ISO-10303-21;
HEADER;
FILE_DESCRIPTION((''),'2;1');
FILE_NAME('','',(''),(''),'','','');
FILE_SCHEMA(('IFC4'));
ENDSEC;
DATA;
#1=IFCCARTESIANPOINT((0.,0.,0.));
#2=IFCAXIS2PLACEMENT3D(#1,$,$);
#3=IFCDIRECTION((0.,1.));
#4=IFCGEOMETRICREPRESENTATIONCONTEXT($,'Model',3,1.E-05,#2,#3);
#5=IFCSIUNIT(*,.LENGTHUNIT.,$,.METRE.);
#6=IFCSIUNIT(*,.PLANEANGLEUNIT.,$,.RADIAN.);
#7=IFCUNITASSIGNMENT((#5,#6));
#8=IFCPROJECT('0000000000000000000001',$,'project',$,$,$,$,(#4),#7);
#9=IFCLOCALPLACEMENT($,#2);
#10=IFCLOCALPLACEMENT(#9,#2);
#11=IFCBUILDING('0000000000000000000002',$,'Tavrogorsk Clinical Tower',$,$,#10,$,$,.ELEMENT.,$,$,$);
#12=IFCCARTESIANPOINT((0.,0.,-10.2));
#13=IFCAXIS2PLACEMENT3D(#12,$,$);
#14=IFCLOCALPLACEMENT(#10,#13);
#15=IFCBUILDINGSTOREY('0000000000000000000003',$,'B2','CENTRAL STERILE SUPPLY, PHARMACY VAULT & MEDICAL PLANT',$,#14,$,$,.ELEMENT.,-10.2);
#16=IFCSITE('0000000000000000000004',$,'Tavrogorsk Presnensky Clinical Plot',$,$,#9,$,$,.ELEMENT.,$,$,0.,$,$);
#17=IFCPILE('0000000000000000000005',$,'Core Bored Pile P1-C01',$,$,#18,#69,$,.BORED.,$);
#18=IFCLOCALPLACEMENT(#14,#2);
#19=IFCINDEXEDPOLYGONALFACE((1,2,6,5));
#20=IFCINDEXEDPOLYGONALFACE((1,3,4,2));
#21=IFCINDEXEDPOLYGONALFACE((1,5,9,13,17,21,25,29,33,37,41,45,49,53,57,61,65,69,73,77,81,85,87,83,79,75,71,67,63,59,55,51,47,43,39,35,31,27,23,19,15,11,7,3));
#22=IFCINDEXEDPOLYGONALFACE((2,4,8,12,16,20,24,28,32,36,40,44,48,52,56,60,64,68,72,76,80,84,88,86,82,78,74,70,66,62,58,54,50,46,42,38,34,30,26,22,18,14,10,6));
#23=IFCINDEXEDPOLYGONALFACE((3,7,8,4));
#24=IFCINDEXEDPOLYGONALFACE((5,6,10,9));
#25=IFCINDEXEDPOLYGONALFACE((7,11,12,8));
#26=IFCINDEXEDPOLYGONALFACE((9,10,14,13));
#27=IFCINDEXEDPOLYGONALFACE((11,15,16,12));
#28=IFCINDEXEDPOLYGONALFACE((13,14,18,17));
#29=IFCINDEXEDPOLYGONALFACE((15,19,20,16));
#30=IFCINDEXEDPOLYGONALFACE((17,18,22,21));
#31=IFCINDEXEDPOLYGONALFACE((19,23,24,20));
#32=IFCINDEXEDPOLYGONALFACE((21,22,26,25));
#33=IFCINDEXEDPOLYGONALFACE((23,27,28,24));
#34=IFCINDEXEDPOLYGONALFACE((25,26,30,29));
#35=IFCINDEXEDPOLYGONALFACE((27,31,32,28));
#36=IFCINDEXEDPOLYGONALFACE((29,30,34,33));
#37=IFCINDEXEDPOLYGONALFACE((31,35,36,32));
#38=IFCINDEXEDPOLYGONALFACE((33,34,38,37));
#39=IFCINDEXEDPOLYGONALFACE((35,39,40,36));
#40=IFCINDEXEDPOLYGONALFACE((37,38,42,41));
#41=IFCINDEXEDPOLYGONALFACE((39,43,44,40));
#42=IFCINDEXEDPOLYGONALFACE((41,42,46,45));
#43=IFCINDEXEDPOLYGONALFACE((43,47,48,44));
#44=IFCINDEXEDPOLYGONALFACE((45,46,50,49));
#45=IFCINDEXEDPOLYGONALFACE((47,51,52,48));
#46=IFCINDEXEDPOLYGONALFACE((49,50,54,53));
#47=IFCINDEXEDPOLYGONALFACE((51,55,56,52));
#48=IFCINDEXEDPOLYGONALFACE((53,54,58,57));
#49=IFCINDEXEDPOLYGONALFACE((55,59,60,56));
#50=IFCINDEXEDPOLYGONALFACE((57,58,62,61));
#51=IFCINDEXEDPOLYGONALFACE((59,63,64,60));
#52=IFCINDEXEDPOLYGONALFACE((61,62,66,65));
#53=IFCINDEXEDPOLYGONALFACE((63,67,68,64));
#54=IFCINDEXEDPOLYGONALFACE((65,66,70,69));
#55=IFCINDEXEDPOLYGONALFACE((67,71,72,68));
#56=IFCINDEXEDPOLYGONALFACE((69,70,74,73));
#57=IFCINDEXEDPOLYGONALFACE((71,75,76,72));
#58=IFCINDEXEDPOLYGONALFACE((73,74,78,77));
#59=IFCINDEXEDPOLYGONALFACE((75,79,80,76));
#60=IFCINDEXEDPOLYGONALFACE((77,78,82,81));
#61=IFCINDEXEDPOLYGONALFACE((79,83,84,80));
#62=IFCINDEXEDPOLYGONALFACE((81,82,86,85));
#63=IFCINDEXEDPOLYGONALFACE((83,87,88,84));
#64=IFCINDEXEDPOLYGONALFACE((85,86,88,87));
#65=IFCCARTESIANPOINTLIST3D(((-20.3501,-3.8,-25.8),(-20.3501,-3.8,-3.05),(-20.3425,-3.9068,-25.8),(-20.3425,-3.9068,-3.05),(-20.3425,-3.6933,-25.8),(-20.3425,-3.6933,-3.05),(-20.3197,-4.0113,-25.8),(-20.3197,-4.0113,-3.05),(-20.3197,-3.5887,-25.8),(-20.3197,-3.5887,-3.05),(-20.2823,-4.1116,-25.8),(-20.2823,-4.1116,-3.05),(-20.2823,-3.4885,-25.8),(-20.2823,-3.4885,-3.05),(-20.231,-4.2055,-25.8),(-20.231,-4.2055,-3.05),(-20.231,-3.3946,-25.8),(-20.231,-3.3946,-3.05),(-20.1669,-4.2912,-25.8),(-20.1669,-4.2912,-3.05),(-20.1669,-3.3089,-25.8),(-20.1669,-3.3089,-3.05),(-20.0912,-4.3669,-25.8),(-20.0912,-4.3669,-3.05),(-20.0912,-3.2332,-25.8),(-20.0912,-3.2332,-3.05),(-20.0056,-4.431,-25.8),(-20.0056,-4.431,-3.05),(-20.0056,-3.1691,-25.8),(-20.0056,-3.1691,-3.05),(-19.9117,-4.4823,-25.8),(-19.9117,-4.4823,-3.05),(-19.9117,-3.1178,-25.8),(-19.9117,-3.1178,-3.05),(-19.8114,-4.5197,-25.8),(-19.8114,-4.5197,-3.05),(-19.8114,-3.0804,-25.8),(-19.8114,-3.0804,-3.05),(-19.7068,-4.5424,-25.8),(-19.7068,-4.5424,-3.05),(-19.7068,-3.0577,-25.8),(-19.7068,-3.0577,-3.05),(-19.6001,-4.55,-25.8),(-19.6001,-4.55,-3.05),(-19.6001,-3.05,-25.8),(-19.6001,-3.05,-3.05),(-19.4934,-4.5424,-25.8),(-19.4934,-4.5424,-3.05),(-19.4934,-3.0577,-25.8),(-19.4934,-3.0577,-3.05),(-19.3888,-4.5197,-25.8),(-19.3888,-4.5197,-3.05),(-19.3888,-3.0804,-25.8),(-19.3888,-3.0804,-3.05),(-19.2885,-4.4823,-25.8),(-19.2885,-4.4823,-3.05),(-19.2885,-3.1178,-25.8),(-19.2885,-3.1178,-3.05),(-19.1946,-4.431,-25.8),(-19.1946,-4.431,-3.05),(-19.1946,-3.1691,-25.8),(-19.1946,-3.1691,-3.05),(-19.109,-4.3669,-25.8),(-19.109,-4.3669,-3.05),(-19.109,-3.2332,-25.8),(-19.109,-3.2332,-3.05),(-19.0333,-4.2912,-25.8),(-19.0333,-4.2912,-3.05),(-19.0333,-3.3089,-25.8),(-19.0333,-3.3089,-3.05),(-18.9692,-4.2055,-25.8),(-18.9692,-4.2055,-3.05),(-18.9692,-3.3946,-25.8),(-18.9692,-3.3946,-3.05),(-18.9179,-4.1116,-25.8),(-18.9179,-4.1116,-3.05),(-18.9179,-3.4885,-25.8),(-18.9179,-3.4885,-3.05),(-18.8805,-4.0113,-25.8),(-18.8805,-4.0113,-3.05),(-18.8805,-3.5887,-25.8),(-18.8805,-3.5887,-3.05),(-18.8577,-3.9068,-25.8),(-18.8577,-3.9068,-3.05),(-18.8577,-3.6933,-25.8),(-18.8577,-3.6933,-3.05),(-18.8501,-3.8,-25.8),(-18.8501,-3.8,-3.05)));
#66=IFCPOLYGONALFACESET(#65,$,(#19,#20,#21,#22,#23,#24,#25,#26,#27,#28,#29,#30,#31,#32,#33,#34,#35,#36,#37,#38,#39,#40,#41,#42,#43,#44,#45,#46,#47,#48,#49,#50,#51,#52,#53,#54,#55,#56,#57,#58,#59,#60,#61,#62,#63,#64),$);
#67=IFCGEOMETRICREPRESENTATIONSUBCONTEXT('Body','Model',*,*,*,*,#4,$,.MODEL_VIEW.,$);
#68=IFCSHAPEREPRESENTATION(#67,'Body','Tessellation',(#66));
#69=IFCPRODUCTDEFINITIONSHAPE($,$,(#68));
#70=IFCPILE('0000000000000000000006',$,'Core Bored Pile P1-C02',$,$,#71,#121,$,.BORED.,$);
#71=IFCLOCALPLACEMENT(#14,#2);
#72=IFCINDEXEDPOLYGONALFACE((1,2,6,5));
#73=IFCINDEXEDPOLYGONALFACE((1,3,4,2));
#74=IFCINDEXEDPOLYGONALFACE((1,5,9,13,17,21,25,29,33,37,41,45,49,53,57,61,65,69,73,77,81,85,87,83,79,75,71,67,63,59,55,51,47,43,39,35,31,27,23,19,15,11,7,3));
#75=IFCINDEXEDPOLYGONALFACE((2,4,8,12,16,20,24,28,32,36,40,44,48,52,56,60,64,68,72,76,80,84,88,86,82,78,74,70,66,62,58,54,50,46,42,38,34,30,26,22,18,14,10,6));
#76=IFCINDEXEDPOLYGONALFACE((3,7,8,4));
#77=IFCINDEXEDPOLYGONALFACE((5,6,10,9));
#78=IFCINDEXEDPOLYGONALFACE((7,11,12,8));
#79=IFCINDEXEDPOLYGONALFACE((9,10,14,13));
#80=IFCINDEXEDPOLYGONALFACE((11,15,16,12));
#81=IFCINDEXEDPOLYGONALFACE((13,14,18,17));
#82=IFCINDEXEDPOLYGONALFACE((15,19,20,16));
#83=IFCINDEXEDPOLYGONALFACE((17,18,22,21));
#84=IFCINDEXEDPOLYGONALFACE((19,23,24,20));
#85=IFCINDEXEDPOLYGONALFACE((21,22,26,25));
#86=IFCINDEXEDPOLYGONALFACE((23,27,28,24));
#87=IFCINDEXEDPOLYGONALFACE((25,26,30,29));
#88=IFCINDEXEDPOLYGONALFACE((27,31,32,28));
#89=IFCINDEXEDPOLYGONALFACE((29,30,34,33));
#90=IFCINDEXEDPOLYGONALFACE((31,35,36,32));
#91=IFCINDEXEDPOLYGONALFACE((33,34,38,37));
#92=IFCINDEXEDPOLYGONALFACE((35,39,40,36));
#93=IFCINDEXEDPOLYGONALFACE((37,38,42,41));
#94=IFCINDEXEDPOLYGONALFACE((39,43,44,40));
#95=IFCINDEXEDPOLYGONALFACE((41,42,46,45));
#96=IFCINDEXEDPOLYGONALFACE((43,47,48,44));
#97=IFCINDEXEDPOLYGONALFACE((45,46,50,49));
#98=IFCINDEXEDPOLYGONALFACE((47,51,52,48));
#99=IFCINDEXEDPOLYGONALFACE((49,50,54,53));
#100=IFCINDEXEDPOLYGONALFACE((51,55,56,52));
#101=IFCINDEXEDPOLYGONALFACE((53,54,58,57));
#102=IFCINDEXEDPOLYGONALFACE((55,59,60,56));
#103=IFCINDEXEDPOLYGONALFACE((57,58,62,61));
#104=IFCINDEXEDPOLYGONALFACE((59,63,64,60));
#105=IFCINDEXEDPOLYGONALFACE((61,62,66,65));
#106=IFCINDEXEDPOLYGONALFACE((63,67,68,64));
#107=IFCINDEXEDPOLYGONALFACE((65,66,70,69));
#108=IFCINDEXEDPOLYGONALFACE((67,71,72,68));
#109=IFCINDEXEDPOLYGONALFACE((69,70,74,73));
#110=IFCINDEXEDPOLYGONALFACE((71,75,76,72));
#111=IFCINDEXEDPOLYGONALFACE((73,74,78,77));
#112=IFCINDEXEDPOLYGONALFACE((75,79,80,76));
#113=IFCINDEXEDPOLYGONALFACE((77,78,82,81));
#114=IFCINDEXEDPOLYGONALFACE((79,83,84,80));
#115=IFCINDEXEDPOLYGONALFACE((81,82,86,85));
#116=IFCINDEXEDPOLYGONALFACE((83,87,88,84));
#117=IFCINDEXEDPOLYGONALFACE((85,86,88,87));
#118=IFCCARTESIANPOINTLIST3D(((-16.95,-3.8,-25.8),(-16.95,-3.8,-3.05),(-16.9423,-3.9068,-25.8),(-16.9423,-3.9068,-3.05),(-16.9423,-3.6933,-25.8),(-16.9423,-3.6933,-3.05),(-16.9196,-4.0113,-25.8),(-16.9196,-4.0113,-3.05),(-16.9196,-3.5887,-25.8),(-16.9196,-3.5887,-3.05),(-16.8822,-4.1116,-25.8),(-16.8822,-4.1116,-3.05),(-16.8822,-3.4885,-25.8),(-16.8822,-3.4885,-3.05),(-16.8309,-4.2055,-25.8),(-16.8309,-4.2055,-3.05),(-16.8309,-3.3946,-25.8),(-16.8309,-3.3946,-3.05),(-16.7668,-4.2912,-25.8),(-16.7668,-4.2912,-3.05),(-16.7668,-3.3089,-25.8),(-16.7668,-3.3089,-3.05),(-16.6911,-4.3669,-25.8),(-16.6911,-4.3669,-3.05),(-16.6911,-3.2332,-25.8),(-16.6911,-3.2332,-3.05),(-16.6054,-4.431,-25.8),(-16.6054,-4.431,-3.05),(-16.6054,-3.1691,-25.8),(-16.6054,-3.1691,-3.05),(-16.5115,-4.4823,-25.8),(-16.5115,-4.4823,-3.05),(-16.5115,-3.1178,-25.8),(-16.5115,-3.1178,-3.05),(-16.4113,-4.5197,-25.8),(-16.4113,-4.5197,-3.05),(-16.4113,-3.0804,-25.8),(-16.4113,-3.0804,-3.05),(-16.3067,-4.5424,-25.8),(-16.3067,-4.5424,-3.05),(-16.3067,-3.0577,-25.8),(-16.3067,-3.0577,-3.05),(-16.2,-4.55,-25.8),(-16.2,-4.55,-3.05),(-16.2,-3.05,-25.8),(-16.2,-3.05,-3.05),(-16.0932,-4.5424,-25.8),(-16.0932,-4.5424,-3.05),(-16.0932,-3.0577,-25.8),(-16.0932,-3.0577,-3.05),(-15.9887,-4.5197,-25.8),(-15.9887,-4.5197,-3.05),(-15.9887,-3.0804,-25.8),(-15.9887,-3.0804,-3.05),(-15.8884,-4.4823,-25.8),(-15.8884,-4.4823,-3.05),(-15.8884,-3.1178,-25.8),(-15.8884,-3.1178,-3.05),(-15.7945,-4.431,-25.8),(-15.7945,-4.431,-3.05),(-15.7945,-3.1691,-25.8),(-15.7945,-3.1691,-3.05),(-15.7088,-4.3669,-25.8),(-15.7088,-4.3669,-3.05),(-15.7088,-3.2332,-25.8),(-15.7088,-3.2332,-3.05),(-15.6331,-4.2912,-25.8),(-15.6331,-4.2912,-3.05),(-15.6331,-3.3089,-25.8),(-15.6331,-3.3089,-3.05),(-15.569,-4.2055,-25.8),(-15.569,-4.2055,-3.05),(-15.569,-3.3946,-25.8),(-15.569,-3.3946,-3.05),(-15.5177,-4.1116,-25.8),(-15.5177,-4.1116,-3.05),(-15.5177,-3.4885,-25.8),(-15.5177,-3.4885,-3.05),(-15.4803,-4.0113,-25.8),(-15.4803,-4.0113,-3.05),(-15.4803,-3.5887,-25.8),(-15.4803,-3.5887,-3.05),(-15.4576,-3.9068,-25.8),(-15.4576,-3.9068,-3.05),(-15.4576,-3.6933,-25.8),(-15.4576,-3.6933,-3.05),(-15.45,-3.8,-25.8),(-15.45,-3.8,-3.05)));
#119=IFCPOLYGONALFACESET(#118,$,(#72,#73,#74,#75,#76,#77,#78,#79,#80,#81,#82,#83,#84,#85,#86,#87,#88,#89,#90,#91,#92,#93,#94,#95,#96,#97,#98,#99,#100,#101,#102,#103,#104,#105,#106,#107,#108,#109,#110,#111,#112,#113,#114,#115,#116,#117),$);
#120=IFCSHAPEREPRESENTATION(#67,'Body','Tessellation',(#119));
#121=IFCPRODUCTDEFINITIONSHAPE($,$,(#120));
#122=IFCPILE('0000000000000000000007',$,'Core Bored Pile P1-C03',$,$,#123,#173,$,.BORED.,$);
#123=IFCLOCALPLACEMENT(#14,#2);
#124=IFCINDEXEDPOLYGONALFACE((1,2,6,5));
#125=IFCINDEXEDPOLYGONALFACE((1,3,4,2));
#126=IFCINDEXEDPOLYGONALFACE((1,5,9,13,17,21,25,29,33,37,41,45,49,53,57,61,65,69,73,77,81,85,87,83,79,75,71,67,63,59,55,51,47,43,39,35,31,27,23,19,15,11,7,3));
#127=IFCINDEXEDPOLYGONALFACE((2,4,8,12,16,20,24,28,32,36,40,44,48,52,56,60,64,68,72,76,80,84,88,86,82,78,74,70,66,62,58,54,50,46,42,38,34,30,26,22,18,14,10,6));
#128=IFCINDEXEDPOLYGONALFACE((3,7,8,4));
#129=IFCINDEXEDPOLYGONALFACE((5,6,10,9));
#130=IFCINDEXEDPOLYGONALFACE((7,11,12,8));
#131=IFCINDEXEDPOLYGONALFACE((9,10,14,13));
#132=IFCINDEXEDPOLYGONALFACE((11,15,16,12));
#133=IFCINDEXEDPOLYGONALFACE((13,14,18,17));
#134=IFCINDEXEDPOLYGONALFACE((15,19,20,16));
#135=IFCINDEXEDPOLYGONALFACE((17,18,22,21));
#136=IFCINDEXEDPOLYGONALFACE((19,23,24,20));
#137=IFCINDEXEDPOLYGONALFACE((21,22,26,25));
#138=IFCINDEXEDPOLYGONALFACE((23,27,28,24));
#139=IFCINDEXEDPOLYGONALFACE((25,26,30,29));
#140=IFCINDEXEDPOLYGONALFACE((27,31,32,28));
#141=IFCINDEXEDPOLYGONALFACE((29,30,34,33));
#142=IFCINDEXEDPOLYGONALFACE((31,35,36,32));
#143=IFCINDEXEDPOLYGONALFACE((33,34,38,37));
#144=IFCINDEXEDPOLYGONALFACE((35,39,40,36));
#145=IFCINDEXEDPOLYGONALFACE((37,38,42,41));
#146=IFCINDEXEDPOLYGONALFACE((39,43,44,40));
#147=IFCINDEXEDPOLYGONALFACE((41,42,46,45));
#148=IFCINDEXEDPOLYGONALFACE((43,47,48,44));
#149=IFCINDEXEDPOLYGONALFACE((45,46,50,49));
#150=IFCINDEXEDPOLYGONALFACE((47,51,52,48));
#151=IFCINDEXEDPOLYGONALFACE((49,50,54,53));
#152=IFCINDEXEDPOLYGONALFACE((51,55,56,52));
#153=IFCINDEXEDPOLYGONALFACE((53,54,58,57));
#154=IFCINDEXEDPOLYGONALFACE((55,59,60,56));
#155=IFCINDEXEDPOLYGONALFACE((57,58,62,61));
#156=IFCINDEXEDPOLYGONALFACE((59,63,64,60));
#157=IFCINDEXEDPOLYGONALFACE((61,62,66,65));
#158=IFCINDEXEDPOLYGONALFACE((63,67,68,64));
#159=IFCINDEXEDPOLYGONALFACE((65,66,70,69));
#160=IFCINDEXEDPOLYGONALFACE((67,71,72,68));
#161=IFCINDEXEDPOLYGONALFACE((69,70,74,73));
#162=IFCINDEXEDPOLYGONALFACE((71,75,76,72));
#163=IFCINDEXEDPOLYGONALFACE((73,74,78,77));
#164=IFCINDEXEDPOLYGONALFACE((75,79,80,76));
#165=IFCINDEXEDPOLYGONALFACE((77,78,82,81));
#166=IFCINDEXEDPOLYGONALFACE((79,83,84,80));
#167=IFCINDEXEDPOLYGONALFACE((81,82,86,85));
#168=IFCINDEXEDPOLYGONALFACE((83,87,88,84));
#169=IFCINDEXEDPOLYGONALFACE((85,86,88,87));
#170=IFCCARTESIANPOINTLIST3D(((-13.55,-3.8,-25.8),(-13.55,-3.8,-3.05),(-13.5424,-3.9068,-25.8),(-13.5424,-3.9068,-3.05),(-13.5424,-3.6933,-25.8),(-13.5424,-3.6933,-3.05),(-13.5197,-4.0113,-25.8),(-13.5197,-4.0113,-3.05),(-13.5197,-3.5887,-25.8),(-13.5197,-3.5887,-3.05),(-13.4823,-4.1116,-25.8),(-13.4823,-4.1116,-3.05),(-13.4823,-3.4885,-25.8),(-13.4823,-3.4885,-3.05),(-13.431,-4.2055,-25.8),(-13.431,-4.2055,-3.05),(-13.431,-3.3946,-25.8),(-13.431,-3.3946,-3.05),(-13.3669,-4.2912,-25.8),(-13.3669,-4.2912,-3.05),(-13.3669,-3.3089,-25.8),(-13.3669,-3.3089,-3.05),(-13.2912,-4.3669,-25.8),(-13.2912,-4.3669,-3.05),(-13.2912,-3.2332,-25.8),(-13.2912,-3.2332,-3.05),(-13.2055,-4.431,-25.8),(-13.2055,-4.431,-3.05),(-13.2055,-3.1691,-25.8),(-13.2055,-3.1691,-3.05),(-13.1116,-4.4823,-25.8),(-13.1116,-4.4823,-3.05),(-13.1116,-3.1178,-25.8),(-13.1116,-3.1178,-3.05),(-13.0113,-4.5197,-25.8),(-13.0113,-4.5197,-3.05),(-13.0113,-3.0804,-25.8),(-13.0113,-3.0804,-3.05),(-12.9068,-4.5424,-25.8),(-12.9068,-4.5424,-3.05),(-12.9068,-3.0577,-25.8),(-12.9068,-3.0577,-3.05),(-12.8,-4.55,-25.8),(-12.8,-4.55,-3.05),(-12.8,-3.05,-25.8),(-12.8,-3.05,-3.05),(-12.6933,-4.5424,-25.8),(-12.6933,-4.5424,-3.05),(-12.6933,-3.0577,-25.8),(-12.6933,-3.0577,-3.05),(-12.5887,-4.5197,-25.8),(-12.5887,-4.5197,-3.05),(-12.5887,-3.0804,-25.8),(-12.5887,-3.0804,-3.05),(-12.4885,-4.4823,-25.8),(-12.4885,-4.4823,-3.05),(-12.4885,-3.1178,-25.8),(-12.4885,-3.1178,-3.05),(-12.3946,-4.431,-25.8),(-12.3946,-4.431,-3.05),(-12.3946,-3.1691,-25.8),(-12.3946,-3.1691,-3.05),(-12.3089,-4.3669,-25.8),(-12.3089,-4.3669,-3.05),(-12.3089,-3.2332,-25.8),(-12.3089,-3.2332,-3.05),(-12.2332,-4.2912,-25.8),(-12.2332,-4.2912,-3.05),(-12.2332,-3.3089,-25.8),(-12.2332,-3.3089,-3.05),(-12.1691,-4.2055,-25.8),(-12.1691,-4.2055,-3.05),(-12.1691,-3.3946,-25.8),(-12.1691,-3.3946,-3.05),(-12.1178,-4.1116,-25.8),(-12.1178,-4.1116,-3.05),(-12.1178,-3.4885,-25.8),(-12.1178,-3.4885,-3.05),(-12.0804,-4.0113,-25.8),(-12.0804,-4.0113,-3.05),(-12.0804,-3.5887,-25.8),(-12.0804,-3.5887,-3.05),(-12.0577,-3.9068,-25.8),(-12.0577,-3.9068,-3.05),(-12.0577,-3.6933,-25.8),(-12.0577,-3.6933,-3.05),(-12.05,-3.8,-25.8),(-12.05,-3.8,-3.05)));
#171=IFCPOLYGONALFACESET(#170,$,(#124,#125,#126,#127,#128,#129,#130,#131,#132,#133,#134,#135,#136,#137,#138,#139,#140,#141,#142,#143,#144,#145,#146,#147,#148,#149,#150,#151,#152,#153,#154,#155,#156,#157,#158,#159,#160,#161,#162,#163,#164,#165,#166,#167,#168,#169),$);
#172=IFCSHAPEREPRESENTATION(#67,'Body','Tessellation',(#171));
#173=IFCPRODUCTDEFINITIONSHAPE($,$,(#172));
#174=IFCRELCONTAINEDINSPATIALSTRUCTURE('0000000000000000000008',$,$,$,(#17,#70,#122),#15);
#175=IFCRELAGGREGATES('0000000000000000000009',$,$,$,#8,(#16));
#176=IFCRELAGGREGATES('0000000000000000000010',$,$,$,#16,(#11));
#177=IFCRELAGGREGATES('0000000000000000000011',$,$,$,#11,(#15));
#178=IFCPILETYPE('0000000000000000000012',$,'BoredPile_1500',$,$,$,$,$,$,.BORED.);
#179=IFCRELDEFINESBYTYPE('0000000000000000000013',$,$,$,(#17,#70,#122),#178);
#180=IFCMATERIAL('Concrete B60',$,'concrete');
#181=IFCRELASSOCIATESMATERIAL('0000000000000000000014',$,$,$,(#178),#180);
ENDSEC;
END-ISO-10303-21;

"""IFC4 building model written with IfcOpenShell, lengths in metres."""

from ifc_helpers import new_model, si_unit, direction, frame, origin, origin_2d, place, context, subcontext, project, spatial, circle, extrude, material, material_profile, profile_set, type_object, element, save


model = new_model("IFC4")

# Units and contexts
model_context = context("Model", 3, precision=1e-05, world=origin(), true_north=direction((0.0, 1.0)))
body_context = subcontext(model_context, "Body", "Model", "MODEL_VIEW")
ifc_project = project(units=[si_unit("LENGTHUNIT", "METRE"), si_unit("PLANEANGLEUNIT", "RADIAN")], contexts=[model_context])

# Site, building, storey
site_placement = place(None, origin())
site = spatial("IfcSite", under=ifc_project, at=site_placement, Name="Tavrogorsk Presnensky Clinical Plot", CompositionType="ELEMENT", RefElevation=0.0)
building_placement = place(site_placement, origin())
building = spatial("IfcBuilding", under=site, at=building_placement, Name="Tavrogorsk Clinical Tower", CompositionType="ELEMENT")
storey_placement = place(building_placement, frame((0.0, 0.0, -10.2)))
storey = spatial("IfcBuildingStorey", under=building, at=storey_placement, Name="B2", Description="CENTRAL STERILE SUPPLY, PHARMACY VAULT & MEDICAL PLANT", CompositionType="ELEMENT", Elevation=-10.2)

# Piles
ifc_material_1 = material(Name="Concrete B60", Category="concrete")
ifc_material_profile_1 = material_profile(ifc_material_1, circle(Radius=0.75, at=origin_2d()), Name="BORED-PILE-1500")
ifc_profile_set_1 = profile_set([ifc_material_profile_1], Name="Concrete B60")
pile_type = type_object("IfcPileType", Name="BoredPile_1500", PredefinedType="BORED", material=ifc_profile_set_1)
for number, where, z_axis, x_axis, name in (
    (1, (-19.6001, -3.8, -3.05), (0.0, 0.0, -1.0), (1.0, 0.0, 0.0), "Core Bored Pile P1-C01"),
    (2, (-16.2, -3.8, -3.05), (0.0, 0.0, -1.0), (1.0, 0.0, 0.0), "Core Bored Pile P1-C02"),
    (3, (-12.8, -3.8, -3.05), (0.0, 0.0, -1.0), (1.0, 0.0, 0.0), "Core Bored Pile P1-C03"),
):
    element("IfcPile", number, at=place(storey_placement, frame(where, z_axis=z_axis, x_axis=x_axis)), inside=storey, type_object=pile_type, Name=name, PredefinedType="BORED", context=body_context, shape_type="SweptSolid", body=[
        extrude(circle(Radius=0.75, at=origin_2d()), origin(), (0.0, 0.0, 1.0), 22.75),
    ])

save(model, "model.ifc")
